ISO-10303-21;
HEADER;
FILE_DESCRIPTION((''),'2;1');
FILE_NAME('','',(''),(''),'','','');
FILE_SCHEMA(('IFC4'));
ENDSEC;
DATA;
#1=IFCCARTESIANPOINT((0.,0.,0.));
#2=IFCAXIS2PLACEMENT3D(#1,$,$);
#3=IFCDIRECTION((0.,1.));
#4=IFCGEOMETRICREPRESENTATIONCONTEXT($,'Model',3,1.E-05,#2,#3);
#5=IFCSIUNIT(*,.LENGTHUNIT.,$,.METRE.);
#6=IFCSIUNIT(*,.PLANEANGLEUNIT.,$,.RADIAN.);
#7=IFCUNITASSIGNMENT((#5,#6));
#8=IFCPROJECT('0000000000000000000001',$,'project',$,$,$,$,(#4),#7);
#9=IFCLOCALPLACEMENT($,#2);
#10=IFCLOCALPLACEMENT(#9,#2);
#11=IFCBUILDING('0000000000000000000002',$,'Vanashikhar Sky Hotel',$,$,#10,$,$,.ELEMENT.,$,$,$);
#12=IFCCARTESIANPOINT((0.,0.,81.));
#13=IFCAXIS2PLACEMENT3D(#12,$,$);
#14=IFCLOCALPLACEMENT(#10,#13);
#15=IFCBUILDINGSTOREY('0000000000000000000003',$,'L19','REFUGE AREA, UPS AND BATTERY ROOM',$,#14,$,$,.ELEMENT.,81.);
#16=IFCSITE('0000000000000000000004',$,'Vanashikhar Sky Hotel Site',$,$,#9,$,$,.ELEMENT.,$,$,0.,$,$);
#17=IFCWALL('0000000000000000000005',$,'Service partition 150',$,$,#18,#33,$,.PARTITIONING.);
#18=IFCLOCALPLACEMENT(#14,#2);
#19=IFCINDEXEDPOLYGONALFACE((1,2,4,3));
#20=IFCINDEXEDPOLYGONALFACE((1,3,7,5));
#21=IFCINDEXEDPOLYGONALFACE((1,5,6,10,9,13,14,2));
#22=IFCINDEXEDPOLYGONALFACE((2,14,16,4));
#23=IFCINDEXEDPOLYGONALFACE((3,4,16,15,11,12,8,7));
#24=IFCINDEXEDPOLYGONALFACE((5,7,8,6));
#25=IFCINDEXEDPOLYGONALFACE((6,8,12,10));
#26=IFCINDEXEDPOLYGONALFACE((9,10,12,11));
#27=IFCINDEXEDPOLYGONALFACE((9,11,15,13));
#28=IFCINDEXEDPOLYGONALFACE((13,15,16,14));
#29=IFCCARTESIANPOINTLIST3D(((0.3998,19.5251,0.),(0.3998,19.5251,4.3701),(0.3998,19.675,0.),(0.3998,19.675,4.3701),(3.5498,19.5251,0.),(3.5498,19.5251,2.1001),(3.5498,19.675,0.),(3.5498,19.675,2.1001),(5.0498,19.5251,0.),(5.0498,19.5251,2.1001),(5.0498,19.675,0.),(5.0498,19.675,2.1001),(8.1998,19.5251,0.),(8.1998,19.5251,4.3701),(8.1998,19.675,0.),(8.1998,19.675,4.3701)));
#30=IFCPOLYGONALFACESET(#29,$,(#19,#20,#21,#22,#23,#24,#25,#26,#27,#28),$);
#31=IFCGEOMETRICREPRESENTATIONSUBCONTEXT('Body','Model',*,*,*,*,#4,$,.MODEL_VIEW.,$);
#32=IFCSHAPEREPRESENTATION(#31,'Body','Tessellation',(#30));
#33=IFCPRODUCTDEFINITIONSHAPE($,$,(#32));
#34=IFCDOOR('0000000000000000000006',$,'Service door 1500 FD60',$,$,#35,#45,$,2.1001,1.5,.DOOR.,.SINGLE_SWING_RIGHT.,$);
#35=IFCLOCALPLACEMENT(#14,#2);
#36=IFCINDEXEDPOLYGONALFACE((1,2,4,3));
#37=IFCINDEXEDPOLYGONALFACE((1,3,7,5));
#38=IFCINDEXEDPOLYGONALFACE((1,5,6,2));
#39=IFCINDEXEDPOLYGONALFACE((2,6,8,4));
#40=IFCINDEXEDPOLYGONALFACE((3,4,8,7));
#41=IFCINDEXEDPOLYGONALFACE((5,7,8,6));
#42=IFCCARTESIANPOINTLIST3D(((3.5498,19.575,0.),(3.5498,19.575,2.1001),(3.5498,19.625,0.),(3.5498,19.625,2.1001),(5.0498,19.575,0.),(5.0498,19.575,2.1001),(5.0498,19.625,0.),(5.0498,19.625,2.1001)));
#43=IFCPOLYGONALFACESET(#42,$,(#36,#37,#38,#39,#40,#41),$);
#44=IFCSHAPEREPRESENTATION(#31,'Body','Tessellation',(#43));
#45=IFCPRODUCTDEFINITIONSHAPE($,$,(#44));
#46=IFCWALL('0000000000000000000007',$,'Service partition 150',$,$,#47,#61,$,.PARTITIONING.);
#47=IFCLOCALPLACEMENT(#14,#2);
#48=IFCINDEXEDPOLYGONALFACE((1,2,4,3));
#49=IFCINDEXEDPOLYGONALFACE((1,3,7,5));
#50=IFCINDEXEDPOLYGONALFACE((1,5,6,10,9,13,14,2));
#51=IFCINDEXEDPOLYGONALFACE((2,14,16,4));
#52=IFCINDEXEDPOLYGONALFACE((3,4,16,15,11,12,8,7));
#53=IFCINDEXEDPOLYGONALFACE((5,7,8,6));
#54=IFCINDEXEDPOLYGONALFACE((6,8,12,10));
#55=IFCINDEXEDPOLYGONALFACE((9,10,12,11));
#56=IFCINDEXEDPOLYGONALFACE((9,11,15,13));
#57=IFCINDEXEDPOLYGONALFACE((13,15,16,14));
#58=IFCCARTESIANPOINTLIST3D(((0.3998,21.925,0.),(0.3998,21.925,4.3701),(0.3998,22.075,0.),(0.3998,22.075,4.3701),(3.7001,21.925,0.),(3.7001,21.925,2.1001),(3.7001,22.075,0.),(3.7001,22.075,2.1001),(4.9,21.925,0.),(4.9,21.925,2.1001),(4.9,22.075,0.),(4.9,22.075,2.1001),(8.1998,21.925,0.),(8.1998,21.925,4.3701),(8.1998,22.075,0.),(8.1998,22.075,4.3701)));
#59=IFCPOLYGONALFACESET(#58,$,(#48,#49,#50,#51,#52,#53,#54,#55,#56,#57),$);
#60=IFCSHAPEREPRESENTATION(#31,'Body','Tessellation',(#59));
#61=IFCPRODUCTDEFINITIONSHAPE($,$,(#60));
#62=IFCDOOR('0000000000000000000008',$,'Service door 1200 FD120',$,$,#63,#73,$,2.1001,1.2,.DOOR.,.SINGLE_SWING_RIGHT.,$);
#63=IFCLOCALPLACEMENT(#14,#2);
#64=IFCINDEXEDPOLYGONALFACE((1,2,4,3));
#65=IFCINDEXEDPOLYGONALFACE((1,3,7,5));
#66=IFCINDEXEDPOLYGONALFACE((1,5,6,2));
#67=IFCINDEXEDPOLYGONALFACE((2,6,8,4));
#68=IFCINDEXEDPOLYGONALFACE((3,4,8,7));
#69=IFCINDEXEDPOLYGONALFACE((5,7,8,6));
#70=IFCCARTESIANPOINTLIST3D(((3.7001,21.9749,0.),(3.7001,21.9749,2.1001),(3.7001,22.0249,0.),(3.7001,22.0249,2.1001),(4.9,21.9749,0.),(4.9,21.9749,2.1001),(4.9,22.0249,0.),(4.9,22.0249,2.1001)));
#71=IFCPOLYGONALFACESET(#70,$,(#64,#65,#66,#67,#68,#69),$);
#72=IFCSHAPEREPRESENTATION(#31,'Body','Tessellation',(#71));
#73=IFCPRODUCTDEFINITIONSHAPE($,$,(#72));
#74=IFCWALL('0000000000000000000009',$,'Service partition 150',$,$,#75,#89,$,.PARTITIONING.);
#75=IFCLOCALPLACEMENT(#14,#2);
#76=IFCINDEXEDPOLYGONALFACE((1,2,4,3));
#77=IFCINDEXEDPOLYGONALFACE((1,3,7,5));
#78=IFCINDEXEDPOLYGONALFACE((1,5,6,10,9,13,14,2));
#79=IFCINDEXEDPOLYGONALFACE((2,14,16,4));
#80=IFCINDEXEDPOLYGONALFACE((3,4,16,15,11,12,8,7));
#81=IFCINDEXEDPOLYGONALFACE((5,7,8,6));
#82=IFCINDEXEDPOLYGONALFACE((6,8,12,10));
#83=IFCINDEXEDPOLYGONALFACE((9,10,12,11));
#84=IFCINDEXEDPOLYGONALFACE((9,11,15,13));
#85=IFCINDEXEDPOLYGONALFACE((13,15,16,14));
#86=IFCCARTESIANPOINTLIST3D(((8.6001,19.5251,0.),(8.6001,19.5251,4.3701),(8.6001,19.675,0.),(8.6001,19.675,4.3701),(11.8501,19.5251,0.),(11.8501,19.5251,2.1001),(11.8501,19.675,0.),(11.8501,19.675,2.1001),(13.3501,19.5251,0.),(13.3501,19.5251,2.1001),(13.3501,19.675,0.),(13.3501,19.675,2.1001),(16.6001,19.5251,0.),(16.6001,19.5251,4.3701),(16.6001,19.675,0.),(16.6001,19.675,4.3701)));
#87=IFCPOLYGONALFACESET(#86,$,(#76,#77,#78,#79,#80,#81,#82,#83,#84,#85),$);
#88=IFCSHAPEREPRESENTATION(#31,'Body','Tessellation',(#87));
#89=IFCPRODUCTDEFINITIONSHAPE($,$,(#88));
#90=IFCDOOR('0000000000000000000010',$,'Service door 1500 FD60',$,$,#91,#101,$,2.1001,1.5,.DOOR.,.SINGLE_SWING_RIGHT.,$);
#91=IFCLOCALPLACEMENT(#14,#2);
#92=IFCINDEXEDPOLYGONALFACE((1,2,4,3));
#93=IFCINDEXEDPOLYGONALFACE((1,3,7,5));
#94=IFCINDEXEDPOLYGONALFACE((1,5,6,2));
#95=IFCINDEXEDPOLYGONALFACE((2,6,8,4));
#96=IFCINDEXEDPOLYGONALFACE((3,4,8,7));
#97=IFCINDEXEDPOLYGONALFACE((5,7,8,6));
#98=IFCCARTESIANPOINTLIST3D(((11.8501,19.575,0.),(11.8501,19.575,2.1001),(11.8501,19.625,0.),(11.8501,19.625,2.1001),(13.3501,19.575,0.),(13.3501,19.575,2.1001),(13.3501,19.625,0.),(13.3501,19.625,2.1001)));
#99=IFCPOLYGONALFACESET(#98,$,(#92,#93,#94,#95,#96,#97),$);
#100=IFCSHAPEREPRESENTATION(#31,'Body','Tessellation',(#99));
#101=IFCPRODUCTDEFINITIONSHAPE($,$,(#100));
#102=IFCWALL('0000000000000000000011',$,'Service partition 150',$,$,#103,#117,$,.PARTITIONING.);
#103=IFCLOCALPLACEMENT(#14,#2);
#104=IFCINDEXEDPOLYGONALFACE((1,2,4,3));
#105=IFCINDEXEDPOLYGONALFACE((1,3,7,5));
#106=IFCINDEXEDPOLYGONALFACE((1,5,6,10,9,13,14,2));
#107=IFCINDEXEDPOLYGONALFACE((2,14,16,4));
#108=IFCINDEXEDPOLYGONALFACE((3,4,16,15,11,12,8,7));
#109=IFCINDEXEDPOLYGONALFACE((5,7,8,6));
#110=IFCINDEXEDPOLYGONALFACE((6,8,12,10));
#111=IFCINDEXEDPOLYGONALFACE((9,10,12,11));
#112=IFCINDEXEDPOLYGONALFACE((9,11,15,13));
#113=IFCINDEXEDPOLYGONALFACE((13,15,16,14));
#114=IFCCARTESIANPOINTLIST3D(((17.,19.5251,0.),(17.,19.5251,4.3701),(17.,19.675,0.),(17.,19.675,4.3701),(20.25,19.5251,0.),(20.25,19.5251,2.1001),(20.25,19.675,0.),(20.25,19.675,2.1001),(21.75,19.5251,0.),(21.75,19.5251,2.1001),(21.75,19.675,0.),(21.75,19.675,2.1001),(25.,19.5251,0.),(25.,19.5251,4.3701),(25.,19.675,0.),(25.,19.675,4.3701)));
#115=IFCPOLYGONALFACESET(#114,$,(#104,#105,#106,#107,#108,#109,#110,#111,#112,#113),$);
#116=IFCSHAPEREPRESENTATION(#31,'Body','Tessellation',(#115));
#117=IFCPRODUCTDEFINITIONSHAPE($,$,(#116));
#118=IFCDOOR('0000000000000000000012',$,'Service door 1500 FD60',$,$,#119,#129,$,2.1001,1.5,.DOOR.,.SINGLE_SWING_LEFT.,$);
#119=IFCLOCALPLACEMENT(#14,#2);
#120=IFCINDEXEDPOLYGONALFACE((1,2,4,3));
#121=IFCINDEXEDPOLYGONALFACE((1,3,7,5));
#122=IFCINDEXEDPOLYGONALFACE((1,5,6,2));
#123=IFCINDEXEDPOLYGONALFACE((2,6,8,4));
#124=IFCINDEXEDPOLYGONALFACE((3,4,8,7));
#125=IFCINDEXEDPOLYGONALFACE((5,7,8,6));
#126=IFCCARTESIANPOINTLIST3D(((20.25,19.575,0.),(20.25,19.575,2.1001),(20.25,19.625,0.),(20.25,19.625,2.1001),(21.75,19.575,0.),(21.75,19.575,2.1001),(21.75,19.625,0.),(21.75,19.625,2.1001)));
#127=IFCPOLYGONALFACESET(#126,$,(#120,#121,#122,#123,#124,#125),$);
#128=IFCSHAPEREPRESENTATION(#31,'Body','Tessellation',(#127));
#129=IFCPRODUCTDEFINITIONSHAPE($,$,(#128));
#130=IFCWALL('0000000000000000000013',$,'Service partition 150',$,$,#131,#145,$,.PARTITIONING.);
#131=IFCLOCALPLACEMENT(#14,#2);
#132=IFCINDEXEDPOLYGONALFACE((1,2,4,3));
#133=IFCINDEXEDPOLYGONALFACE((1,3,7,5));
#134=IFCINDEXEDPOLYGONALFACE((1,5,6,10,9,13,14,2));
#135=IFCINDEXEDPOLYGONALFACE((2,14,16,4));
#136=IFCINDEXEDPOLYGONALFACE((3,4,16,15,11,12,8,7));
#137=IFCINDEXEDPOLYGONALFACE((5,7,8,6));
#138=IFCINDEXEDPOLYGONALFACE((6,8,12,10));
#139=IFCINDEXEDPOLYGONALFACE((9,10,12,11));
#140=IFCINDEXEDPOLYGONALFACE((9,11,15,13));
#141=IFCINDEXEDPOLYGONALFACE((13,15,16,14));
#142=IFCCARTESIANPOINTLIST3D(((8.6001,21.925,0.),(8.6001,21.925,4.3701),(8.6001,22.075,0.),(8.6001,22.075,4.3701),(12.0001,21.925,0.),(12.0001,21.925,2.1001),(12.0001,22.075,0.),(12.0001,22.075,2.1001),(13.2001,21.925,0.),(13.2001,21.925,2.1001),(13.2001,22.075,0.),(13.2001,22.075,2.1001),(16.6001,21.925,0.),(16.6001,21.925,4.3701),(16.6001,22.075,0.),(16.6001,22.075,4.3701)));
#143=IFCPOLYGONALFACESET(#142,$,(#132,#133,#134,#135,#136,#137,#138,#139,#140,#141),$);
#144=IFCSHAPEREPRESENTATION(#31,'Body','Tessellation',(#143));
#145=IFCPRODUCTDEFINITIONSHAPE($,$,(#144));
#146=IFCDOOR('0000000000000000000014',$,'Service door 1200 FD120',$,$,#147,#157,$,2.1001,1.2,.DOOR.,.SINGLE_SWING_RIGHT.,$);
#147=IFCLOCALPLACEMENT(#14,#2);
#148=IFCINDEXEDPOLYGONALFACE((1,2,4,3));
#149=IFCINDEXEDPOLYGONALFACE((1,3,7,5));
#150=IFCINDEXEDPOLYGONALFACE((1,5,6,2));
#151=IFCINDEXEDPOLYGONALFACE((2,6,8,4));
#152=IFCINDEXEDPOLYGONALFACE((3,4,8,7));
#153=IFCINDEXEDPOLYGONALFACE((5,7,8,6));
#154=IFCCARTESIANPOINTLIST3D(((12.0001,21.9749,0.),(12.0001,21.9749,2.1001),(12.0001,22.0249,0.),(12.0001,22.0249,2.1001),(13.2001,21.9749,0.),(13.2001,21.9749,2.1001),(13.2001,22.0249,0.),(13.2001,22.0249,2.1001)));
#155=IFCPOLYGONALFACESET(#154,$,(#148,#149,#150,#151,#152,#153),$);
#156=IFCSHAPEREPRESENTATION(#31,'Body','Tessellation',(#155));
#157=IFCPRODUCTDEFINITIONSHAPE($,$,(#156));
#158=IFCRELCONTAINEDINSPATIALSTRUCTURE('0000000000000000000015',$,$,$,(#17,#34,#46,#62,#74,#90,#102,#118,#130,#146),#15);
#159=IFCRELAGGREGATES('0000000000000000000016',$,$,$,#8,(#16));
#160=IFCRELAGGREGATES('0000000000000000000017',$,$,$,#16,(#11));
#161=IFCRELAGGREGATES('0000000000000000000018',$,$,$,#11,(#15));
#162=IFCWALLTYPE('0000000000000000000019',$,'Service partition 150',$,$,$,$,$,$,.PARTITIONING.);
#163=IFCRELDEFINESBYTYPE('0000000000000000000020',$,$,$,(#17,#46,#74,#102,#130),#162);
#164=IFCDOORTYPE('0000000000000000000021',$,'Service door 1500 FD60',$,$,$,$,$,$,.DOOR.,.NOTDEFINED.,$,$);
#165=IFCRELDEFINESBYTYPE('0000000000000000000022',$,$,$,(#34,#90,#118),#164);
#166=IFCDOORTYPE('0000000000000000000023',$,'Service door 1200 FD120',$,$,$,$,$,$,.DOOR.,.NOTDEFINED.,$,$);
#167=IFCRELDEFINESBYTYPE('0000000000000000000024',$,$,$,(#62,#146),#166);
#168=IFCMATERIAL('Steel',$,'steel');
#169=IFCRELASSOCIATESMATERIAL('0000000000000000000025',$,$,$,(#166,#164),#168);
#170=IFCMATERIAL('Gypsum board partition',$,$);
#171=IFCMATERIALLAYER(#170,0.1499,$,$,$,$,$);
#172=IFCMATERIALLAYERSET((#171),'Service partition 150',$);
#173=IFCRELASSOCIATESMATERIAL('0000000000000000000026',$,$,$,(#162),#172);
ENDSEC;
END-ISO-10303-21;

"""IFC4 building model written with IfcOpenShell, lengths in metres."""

from ifc_helpers import new_model, si_unit, direction, frame, frame_2d, origin, place, context, subcontext, project, spatial, rectangle, extrude, source, transform, mapped, material, layer, layer_set, type_object, element, fill, save


model = new_model("IFC4")

# Units and contexts
model_context = context("Model", 3, precision=1e-05, world=origin(), true_north=direction((0.0, 1.0)))
body_context = subcontext(model_context, "Body", "Model", "MODEL_VIEW")
ifc_project = project(units=[si_unit("LENGTHUNIT", "METRE"), si_unit("PLANEANGLEUNIT", "RADIAN")], contexts=[model_context])

# Site, building, storey
site_placement = place(None, origin())
site = spatial("IfcSite", under=ifc_project, at=site_placement, Name="Vanashikhar Sky Hotel Site", CompositionType="ELEMENT", RefElevation=0.0)
building_placement = place(site_placement, origin())
building = spatial("IfcBuilding", under=site, at=building_placement, Name="Vanashikhar Sky Hotel", CompositionType="ELEMENT")
storey_placement = place(building_placement, frame((0.0, 0.0, 81.0)))
storey = spatial("IfcBuildingStorey", under=building, at=storey_placement, Name="L19", Description="REFUGE AREA, UPS AND BATTERY ROOM", CompositionType="ELEMENT", Elevation=81.0)

# Shared definitions
ifc_material_1 = material(Name="Steel", Category="steel")
door_type_1 = type_object("IfcDoorType", Name="Service door 1200 FD120", OperationType="NOTDEFINED", PredefinedType="DOOR", material=ifc_material_1)
shared_shape_1 = source(origin(), body_context, "Body", "SweptSolid", [
    extrude(rectangle(XDim=1.2, YDim=2.1001, at=frame_2d((0.6001, 1.05))), frame((0.0, 0.0249, 0.0), z_axis=(0.0, -1.0, 0.0), x_axis=(1.0, 0.0, 0.0)), (0.0, 0.0, 1.0), 0.05),
])

# Walls, openings, doors
ifc_material_2 = material(Name="Gypsum board partition")
ifc_layer_1 = layer(ifc_material_2, 0.1499)
ifc_layer_set_1 = layer_set([ifc_layer_1], Name="Service partition 150")
wall_type_1 = type_object("IfcWallType", Name="Service partition 150", PredefinedType="PARTITIONING", material=ifc_layer_set_1)
shared_shape_2 = source(origin(), body_context, "Body", "SweptSolid", [
    extrude(rectangle(XDim=7.8, YDim=0.1499, at=frame_2d((3.8999, 0.0))), origin(), (0.0, 0.0, 1.0), 4.3701),
])
wall_1_placement = place(storey_placement, frame((0.3999, 19.6001, 0.0), z_axis=(0.0, 0.0, 1.0), x_axis=(1.0, 0.0, 0.0)))
wall_1 = element("IfcWall", 1, at=wall_1_placement, inside=storey, type_object=wall_type_1, Name="Service partition 150", PredefinedType="PARTITIONING", context=body_context, shape_type="MappedRepresentation", body=[
    mapped(shared_shape_2, transform((0.0, 0.0, 0.0), scale=1.0)),
])
shared_shape_3 = source(origin(), body_context, "Body", "SweptSolid", [
    extrude(rectangle(XDim=1.5, YDim=2.1001, at=frame_2d((0.75, 1.05))), frame((0.0, 0.085, 0.0), z_axis=(0.0, -1.0, 0.0), x_axis=(1.0, 0.0, 0.0)), (0.0, 0.0, 1.0), 0.1699),
])
opening_1_placement = place(wall_1_placement, frame((3.1499, 0.0, 0.0)))
opening_1 = element("IfcOpeningElement", 2, at=opening_1_placement, cuts=wall_1, PredefinedType="OPENING", context=body_context, shape_type="MappedRepresentation", body=[
    mapped(shared_shape_3, transform((0.0, 0.0, 0.0), scale=1.0)),
])
door_type_2 = type_object("IfcDoorType", Name="Service door 1500 FD60", OperationType="NOTDEFINED", PredefinedType="DOOR", material=ifc_material_1)
shared_shape_4 = source(origin(), body_context, "Body", "SweptSolid", [
    extrude(rectangle(XDim=1.5, YDim=2.1001, at=frame_2d((0.75, 1.05))), frame((0.0, 0.0249, 0.0), z_axis=(0.0, -1.0, 0.0), x_axis=(1.0, 0.0, 0.0)), (0.0, 0.0, 1.0), 0.05),
])
door_1_placement = place(opening_1_placement, origin())
door_1 = element("IfcDoor", 3, at=door_1_placement, inside=storey, type_object=door_type_2, Name="Service door 1500 FD60", OperationType="SINGLE_SWING_RIGHT", OverallHeight=2.1001, OverallWidth=1.5, PredefinedType="DOOR", context=body_context, shape_type="MappedRepresentation", body=[
    mapped(shared_shape_4, transform((0.0, 0.0, 0.0), scale=1.0)),
])
fill(opening_1, door_1)
wall_2_placement = place(storey_placement, frame((0.3999, 22.0, 0.0), z_axis=(0.0, 0.0, 1.0), x_axis=(1.0, 0.0, 0.0)))
wall_2 = element("IfcWall", 4, at=wall_2_placement, inside=storey, type_object=wall_type_1, Name="Service partition 150", PredefinedType="PARTITIONING", context=body_context, shape_type="MappedRepresentation", body=[
    mapped(shared_shape_2, transform((0.0, 0.0, 0.0), scale=1.0)),
])
shared_shape_5 = source(origin(), body_context, "Body", "SweptSolid", [
    extrude(rectangle(XDim=1.2, YDim=2.1001, at=frame_2d((0.6001, 1.05))), frame((0.0, 0.085, 0.0), z_axis=(0.0, -1.0, 0.0), x_axis=(1.0, 0.0, 0.0)), (0.0, 0.0, 1.0), 0.1699),
])
opening_2_placement = place(wall_2_placement, frame((3.3, 0.0, 0.0)))
opening_2 = element("IfcOpeningElement", 5, at=opening_2_placement, cuts=wall_2, PredefinedType="OPENING", context=body_context, shape_type="MappedRepresentation", body=[
    mapped(shared_shape_5, transform((0.0, 0.0, 0.0), scale=1.0)),
])
door_2_placement = place(opening_2_placement, origin())
door_2 = element("IfcDoor", 6, at=door_2_placement, inside=storey, type_object=door_type_1, Name="Service door 1200 FD120", OperationType="SINGLE_SWING_RIGHT", OverallHeight=2.1001, OverallWidth=1.2, PredefinedType="DOOR", context=body_context, shape_type="MappedRepresentation", body=[
    mapped(shared_shape_1, transform((0.0, 0.0, 0.0), scale=1.0)),
])
fill(opening_2, door_2)
shared_shape_6 = source(origin(), body_context, "Body", "SweptSolid", [
    extrude(rectangle(XDim=8.0, YDim=0.1499, at=frame_2d((4.0, 0.0))), origin(), (0.0, 0.0, 1.0), 4.3701),
])
wall_3_placement = place(storey_placement, frame((8.6001, 19.6001, 0.0), z_axis=(0.0, 0.0, 1.0), x_axis=(1.0, 0.0, 0.0)))
wall_3 = element("IfcWall", 7, at=wall_3_placement, inside=storey, type_object=wall_type_1, Name="Service partition 150", PredefinedType="PARTITIONING", context=body_context, shape_type="MappedRepresentation", body=[
    mapped(shared_shape_6, transform((0.0, 0.0, 0.0), scale=1.0)),
])
opening_3_placement = place(wall_3_placement, frame((3.25, 0.0, 0.0)))
opening_3 = element("IfcOpeningElement", 8, at=opening_3_placement, cuts=wall_3, PredefinedType="OPENING", context=body_context, shape_type="MappedRepresentation", body=[
    mapped(shared_shape_3, transform((0.0, 0.0, 0.0), scale=1.0)),
])
door_3_placement = place(opening_3_placement, origin())
door_3 = element("IfcDoor", 9, at=door_3_placement, inside=storey, type_object=door_type_2, Name="Service door 1500 FD60", OperationType="SINGLE_SWING_RIGHT", OverallHeight=2.1001, OverallWidth=1.5, PredefinedType="DOOR", context=body_context, shape_type="MappedRepresentation", body=[
    mapped(shared_shape_4, transform((0.0, 0.0, 0.0), scale=1.0)),
])
fill(opening_3, door_3)
wall_4_placement = place(storey_placement, frame((17.0, 19.6001, 0.0), z_axis=(0.0, 0.0, 1.0), x_axis=(1.0, 0.0, 0.0)))
wall_4 = element("IfcWall", 10, at=wall_4_placement, inside=storey, type_object=wall_type_1, Name="Service partition 150", PredefinedType="PARTITIONING", context=body_context, shape_type="MappedRepresentation", body=[
    mapped(shared_shape_6, transform((0.0, 0.0, 0.0), scale=1.0)),
])
opening_4_placement = place(wall_4_placement, frame((3.25, 0.0, 0.0)))
opening_4 = element("IfcOpeningElement", 11, at=opening_4_placement, cuts=wall_4, PredefinedType="OPENING", context=body_context, shape_type="MappedRepresentation", body=[
    mapped(shared_shape_3, transform((0.0, 0.0, 0.0), scale=1.0)),
])
door_4_placement = place(opening_4_placement, origin())
door_4 = element("IfcDoor", 12, at=door_4_placement, inside=storey, type_object=door_type_2, Name="Service door 1500 FD60", OperationType="SINGLE_SWING_LEFT", OverallHeight=2.1001, OverallWidth=1.5, PredefinedType="DOOR", context=body_context, shape_type="MappedRepresentation", body=[
    mapped(shared_shape_4, transform((0.0, 0.0, 0.0), scale=1.0)),
])
fill(opening_4, door_4)
wall_5_placement = place(storey_placement, frame((8.6001, 22.0, 0.0), z_axis=(0.0, 0.0, 1.0), x_axis=(1.0, 0.0, 0.0)))
wall_5 = element("IfcWall", 13, at=wall_5_placement, inside=storey, type_object=wall_type_1, Name="Service partition 150", PredefinedType="PARTITIONING", context=body_context, shape_type="MappedRepresentation", body=[
    mapped(shared_shape_6, transform((0.0, 0.0, 0.0), scale=1.0)),
])
opening_5_placement = place(wall_5_placement, frame((3.3999, 0.0, 0.0)))
opening_5 = element("IfcOpeningElement", 14, at=opening_5_placement, cuts=wall_5, PredefinedType="OPENING", context=body_context, shape_type="MappedRepresentation", body=[
    mapped(shared_shape_5, transform((0.0, 0.0, 0.0), scale=1.0)),
])
door_5_placement = place(opening_5_placement, origin())
door_5 = element("IfcDoor", 15, at=door_5_placement, inside=storey, type_object=door_type_1, Name="Service door 1200 FD120", OperationType="SINGLE_SWING_RIGHT", OverallHeight=2.1001, OverallWidth=1.2, PredefinedType="DOOR", context=body_context, shape_type="MappedRepresentation", body=[
    mapped(shared_shape_1, transform((0.0, 0.0, 0.0), scale=1.0)),
])
fill(opening_5, door_5)

save(model, "model.ifc")
